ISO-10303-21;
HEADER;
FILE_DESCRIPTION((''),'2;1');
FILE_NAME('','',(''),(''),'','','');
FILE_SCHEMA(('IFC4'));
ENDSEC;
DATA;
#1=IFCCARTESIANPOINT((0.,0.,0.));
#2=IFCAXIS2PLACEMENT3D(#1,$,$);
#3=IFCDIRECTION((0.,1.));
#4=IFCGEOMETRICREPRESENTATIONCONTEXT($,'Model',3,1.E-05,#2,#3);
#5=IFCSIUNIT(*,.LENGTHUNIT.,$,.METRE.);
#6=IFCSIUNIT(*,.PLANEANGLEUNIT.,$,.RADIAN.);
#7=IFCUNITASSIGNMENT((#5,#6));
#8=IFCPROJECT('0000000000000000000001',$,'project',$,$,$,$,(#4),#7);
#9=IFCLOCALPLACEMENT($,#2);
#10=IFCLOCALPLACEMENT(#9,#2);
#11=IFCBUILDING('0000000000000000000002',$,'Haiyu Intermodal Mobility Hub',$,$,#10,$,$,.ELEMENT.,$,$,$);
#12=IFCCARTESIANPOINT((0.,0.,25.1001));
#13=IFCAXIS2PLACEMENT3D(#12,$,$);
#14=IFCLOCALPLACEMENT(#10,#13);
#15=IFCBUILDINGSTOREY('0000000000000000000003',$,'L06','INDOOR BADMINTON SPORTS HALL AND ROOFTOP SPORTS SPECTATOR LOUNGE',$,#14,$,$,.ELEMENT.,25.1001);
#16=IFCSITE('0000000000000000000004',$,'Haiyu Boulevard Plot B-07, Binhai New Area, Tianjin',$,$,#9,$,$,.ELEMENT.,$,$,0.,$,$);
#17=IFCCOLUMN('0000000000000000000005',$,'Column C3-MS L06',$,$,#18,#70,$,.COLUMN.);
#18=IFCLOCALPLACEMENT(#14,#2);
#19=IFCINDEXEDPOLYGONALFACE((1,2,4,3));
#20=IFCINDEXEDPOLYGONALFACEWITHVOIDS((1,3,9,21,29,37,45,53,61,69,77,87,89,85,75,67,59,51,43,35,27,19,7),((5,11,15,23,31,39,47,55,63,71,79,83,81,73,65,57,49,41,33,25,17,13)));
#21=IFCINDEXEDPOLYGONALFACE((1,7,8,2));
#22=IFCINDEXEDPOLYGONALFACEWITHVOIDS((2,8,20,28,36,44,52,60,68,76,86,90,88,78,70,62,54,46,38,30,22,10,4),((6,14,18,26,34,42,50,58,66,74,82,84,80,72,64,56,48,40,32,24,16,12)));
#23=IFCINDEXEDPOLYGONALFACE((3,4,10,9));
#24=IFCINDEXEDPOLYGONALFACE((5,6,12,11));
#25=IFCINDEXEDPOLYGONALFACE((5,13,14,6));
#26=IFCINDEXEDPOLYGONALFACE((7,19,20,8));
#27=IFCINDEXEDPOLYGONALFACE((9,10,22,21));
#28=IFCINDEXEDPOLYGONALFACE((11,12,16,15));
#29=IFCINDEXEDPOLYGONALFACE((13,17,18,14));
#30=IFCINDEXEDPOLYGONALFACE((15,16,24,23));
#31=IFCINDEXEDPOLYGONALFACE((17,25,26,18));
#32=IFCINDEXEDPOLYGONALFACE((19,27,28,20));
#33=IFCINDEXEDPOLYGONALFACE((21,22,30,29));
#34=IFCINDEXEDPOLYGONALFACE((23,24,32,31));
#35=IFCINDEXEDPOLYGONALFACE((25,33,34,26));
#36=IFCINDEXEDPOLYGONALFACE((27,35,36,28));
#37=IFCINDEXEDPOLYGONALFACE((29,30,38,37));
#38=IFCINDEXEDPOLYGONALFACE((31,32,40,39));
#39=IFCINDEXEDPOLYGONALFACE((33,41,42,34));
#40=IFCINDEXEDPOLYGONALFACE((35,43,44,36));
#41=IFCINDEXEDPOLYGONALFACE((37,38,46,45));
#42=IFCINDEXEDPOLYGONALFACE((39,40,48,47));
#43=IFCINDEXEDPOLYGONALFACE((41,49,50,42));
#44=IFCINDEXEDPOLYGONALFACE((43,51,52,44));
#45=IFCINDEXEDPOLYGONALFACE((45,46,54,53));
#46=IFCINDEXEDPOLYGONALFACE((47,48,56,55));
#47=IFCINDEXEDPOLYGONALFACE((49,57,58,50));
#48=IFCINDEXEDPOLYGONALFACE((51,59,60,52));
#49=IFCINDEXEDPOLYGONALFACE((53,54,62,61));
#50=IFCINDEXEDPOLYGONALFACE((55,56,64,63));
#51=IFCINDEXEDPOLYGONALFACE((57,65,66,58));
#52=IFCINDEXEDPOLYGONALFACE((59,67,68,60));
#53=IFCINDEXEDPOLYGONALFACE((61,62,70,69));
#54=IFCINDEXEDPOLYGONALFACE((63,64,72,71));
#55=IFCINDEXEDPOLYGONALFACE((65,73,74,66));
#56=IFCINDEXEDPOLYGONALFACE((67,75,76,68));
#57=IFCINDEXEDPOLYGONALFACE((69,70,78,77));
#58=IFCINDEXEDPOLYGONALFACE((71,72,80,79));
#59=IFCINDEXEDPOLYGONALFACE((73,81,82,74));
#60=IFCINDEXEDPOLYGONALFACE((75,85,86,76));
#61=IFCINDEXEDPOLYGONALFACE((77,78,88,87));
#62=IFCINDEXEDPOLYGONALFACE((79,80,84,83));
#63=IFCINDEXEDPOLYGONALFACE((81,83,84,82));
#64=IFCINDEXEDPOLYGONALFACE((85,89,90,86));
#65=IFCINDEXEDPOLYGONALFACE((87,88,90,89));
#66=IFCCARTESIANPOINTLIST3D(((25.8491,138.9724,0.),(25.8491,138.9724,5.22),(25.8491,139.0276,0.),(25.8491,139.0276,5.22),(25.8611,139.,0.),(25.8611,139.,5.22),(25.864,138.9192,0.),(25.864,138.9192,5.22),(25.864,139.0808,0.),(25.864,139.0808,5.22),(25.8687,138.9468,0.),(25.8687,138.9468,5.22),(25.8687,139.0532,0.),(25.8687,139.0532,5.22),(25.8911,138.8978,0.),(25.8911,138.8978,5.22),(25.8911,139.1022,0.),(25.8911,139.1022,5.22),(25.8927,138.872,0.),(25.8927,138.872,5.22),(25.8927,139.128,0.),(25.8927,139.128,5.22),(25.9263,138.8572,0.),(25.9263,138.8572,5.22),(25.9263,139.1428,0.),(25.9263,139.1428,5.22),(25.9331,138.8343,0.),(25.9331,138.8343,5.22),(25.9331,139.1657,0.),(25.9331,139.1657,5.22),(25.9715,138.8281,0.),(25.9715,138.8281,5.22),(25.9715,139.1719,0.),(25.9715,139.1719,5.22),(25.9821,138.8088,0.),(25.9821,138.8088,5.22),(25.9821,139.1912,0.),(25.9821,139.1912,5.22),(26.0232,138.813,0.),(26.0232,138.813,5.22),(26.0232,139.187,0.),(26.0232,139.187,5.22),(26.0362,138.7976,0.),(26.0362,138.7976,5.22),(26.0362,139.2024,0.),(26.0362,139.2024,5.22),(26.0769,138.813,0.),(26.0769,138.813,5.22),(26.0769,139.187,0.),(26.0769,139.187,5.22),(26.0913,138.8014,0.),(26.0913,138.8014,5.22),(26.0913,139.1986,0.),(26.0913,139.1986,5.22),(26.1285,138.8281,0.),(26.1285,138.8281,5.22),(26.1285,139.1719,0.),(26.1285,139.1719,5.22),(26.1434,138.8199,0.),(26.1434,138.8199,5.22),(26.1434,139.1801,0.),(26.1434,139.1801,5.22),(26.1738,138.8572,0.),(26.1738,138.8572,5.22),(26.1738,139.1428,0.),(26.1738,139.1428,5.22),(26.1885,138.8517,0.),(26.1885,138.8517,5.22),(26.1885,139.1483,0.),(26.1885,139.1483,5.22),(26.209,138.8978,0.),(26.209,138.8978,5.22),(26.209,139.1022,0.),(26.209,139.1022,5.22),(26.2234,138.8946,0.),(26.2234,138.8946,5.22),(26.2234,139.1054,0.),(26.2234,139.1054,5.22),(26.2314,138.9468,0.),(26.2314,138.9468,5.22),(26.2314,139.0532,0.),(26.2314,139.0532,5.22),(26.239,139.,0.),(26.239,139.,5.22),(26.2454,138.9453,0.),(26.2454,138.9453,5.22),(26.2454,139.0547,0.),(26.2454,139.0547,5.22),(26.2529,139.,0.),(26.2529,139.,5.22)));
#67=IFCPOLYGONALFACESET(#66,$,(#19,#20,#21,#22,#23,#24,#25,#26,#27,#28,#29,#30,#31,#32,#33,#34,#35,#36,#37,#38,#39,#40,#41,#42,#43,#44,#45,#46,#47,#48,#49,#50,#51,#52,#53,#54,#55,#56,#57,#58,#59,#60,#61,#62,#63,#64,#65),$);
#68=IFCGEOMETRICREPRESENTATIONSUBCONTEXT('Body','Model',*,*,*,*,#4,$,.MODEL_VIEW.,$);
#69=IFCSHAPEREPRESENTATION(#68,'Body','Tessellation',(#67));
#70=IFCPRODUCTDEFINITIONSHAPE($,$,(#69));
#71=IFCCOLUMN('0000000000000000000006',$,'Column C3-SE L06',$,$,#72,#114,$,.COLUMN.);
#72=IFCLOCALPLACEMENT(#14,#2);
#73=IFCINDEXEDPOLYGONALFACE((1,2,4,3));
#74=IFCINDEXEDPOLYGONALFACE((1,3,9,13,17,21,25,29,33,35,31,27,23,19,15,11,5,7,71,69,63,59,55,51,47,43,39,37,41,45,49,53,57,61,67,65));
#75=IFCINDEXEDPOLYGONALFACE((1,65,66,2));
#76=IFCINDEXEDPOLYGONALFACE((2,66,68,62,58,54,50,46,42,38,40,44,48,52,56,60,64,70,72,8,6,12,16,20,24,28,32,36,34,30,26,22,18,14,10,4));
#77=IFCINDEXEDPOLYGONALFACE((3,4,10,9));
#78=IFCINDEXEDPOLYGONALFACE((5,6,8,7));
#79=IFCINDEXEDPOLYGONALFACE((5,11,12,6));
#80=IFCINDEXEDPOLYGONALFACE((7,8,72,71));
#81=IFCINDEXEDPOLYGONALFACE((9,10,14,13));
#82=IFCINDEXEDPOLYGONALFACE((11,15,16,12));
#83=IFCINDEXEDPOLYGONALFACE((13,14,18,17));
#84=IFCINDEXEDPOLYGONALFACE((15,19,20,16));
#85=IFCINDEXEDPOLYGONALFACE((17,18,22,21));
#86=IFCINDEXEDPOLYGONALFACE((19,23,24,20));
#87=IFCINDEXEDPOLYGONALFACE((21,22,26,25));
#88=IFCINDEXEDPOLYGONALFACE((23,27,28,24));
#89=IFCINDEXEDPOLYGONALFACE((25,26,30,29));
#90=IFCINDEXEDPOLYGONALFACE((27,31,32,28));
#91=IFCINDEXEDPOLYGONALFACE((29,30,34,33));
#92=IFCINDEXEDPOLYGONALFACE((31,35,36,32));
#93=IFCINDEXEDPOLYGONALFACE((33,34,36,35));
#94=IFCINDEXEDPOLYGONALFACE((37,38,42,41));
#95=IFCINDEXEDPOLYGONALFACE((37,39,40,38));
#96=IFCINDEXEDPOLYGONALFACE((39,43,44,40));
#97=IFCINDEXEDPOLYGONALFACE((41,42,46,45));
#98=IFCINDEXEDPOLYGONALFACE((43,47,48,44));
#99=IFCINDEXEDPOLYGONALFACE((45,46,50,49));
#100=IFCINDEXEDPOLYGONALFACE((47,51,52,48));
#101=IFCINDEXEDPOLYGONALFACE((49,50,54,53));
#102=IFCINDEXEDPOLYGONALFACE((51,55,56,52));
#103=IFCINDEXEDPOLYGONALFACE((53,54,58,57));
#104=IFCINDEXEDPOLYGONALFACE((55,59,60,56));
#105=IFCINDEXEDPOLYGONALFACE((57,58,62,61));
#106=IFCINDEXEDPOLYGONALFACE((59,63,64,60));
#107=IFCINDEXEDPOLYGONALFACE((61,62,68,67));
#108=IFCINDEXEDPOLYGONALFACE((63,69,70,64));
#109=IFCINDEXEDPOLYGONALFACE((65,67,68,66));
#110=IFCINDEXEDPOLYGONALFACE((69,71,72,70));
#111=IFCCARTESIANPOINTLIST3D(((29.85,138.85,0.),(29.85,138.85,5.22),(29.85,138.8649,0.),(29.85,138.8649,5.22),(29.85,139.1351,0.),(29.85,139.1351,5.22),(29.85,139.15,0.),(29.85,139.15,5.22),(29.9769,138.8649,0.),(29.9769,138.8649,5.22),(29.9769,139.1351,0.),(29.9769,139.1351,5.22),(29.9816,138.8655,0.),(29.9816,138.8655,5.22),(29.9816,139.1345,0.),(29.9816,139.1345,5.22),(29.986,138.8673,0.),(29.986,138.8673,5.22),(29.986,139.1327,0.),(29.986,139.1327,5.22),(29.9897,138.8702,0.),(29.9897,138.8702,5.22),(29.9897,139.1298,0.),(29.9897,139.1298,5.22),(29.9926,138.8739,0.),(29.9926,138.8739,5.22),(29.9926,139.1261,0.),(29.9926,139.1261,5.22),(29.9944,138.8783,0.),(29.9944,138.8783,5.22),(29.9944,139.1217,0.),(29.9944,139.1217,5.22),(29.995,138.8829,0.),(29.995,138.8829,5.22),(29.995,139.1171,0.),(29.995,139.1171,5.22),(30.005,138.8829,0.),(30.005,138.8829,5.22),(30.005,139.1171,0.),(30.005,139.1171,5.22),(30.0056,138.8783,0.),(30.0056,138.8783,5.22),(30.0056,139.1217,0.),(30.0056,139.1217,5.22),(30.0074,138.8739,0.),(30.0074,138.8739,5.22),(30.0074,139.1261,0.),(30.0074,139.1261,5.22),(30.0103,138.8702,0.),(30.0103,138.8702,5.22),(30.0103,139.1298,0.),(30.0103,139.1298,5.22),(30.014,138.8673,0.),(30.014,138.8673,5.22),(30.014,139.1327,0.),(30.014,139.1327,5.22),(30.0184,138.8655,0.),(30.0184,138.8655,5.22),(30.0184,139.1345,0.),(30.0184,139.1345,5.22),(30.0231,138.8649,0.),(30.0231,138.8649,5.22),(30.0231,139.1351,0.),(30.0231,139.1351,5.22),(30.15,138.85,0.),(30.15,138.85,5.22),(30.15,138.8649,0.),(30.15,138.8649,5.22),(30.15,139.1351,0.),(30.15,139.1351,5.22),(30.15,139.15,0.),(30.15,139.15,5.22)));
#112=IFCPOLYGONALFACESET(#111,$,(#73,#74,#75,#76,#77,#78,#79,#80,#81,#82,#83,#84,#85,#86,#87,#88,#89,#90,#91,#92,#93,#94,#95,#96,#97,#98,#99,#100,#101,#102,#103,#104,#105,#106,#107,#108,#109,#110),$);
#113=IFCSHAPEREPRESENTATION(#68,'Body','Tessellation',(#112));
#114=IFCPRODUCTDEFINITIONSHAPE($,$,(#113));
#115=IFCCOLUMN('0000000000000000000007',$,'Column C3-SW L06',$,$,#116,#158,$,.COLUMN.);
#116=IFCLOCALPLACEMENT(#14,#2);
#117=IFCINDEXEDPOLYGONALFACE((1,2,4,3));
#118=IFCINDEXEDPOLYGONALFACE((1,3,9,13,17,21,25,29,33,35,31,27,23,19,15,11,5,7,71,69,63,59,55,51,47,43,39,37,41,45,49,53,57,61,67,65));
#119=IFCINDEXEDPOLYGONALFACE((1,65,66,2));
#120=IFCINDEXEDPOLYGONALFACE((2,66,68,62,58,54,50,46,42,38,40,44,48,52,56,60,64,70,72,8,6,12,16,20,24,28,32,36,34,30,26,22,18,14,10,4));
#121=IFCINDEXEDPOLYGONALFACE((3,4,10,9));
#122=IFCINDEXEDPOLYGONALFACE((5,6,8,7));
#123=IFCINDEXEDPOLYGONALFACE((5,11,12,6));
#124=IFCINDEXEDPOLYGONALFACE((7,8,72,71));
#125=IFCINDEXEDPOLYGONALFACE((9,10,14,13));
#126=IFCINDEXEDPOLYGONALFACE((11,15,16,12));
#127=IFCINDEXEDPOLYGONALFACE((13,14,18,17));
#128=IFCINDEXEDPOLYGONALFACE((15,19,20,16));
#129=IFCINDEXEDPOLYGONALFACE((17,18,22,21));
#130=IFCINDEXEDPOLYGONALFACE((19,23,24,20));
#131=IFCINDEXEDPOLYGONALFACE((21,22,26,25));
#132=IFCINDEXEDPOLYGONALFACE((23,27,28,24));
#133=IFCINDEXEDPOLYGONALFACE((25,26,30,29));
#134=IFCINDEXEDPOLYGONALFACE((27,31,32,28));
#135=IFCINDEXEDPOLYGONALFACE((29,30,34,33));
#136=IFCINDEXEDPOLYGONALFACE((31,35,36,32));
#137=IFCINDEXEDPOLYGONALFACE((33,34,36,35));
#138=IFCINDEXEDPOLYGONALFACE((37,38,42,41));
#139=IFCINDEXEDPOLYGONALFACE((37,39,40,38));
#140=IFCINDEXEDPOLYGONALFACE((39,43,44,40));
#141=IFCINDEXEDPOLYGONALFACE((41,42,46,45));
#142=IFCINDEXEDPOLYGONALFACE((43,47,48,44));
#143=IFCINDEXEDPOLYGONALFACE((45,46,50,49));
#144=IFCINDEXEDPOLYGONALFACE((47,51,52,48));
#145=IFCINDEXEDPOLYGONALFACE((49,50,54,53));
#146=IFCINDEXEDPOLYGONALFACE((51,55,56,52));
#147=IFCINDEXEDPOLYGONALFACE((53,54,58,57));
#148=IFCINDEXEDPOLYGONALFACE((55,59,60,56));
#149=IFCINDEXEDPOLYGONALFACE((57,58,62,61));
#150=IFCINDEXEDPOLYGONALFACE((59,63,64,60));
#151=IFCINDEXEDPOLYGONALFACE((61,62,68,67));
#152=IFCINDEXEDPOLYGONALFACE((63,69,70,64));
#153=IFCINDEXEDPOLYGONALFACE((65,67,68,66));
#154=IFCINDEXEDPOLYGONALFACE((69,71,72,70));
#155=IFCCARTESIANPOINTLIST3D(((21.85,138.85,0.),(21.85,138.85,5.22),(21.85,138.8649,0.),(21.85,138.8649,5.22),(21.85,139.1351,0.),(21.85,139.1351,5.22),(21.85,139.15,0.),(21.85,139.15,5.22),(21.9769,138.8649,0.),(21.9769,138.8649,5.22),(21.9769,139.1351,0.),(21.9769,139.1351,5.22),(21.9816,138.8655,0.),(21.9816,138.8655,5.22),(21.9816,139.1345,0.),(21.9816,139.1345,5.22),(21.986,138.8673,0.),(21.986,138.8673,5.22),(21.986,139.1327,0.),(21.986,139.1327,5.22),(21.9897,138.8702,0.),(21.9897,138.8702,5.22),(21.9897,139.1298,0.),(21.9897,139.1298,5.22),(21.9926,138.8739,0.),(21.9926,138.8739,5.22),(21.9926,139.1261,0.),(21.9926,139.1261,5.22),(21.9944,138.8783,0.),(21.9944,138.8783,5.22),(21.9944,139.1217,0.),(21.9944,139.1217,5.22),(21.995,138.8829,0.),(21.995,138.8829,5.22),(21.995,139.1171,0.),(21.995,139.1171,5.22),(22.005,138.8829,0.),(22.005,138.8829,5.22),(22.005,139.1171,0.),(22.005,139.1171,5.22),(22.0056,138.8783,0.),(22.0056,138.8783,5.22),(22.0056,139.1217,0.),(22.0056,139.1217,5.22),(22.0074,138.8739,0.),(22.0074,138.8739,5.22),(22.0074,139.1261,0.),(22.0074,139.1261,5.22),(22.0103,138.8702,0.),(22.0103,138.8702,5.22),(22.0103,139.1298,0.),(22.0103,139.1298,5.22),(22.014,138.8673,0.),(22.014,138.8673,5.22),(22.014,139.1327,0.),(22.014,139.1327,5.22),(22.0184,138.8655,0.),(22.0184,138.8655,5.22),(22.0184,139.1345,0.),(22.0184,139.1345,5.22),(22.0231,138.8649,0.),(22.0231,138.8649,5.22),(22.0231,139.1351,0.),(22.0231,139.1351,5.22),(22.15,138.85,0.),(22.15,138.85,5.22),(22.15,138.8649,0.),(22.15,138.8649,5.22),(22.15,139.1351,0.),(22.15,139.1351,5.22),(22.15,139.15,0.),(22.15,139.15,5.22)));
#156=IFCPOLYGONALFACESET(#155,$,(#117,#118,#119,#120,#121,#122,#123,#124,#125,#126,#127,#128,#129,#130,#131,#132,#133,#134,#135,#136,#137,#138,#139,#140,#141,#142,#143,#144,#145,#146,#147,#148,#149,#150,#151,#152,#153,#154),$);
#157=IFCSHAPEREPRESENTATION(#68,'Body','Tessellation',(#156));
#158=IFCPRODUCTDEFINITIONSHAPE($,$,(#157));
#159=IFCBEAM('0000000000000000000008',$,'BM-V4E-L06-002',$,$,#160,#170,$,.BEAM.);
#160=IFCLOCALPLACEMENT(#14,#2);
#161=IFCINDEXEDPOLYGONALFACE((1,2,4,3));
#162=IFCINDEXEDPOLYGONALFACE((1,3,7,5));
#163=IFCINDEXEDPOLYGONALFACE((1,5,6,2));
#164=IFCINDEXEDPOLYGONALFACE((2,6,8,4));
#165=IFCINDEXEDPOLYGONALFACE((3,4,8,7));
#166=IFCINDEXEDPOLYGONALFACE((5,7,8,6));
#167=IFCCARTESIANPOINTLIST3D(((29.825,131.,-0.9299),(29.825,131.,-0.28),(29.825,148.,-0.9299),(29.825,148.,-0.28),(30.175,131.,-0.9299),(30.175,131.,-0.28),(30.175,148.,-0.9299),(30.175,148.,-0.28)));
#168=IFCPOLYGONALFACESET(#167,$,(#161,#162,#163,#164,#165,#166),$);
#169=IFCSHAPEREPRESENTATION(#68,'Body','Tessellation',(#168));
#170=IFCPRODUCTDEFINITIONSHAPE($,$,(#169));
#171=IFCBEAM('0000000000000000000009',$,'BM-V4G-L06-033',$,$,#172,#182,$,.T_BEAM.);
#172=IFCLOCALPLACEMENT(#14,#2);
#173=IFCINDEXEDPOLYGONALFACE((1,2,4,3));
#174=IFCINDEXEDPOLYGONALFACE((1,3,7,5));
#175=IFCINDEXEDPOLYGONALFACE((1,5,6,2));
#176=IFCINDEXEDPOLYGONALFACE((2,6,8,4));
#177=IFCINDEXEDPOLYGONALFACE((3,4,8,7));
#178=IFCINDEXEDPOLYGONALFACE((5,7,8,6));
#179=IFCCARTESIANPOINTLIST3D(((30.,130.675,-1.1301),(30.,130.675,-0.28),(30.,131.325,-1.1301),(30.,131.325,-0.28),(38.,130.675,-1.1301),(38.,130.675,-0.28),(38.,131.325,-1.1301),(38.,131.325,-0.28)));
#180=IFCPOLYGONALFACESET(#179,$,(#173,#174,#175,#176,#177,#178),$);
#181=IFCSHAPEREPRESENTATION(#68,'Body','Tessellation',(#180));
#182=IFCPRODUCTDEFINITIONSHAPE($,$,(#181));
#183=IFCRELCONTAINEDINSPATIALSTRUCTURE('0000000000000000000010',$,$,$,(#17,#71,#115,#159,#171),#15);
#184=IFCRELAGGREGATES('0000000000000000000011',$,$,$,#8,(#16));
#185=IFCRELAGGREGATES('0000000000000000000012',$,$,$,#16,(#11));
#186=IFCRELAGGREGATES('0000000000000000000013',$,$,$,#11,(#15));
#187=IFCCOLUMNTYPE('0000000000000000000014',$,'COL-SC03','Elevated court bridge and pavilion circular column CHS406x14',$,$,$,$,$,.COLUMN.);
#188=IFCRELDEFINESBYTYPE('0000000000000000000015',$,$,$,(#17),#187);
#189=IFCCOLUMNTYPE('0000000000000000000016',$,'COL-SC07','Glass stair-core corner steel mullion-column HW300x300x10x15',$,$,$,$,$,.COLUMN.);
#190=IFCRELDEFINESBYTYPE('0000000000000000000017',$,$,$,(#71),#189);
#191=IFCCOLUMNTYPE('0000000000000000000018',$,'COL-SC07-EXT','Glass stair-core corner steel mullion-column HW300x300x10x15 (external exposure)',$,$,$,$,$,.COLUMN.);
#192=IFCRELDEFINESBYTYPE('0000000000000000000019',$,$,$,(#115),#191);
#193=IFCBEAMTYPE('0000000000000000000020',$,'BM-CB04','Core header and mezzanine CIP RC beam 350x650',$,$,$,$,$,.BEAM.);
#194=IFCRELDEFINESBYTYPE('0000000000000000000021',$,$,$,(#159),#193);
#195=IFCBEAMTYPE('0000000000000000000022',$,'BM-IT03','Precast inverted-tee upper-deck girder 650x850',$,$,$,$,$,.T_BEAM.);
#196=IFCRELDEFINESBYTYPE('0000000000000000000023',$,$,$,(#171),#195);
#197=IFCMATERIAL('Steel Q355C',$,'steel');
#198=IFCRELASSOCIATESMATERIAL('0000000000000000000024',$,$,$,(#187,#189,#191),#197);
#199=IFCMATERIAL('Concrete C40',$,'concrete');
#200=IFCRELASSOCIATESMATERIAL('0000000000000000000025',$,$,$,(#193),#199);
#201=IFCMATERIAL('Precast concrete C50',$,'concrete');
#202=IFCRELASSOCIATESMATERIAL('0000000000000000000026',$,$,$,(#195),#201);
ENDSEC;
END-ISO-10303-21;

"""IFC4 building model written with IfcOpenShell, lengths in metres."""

from ifc_helpers import new_model, si_unit, direction, frame, origin, origin_2d, place, context, subcontext, project, spatial, rectangle, hollow_circle, i_section, extrude, material, material_profile, profile_set, type_object, element, save


model = new_model("IFC4")

# Units and contexts
model_context = context("Model", 3, precision=1e-05, world=origin(), true_north=direction((0.0, 1.0)))
body_context = subcontext(model_context, "Body", "Model", "MODEL_VIEW")
ifc_project = project(units=[si_unit("LENGTHUNIT", "METRE"), si_unit("PLANEANGLEUNIT", "RADIAN")], contexts=[model_context])

# Site, building, storey
site_placement = place(None, origin())
site = spatial("IfcSite", under=ifc_project, at=site_placement, Name="Haiyu Boulevard Plot B-07, Binhai New Area, Tianjin", CompositionType="ELEMENT", RefElevation=0.0)
building_placement = place(site_placement, origin())
building = spatial("IfcBuilding", under=site, at=building_placement, Name="Haiyu Intermodal Mobility Hub", CompositionType="ELEMENT")
storey_placement = place(building_placement, frame((0.0, 0.0, 25.1001)))
storey = spatial("IfcBuildingStorey", under=building, at=storey_placement, Name="L06", Description="INDOOR BADMINTON SPORTS HALL AND ROOFTOP SPORTS SPECTATOR LOUNGE", CompositionType="ELEMENT", Elevation=25.1001)

# Columns
ifc_material_1 = material(Name="Steel Q355C", Category="steel")
ifc_material_profile_1 = material_profile(ifc_material_1, hollow_circle(Radius=0.2029, WallThickness=0.0139, at=origin_2d()), Name="CHS406x14")
ifc_profile_set_1 = profile_set([ifc_material_profile_1], Name="Steel Q355C")
column_type_1 = type_object("IfcColumnType", Name="COL-SC03", Description="Elevated court bridge and pavilion circular column CHS406x14", PredefinedType="COLUMN", material=ifc_profile_set_1)
column_1_placement = place(storey_placement, frame((26.05, 139.0, 0.0), z_axis=(0.0, 0.0, 1.0), x_axis=(1.0, 0.0, 0.0)))
element("IfcColumn", 1, at=column_1_placement, inside=storey, type_object=column_type_1, Name="Column C3-MS L06", PredefinedType="COLUMN", context=body_context, shape_type="SweptSolid", body=[
    extrude(hollow_circle(Radius=0.2029, WallThickness=0.0139, at=origin_2d()), origin(), (0.0, 0.0, 1.0), 5.22),
])
ifc_material_profile_2 = material_profile(ifc_material_1, i_section(OverallWidth=0.3, OverallDepth=0.3, WebThickness=0.01, FlangeThickness=0.0149, FilletRadius=0.0181, at=origin_2d()), Name="HW300x300x10x15")
ifc_profile_set_2 = profile_set([ifc_material_profile_2], Name="Steel Q355C")
column_type_2 = type_object("IfcColumnType", Name="COL-SC07", Description="Glass stair-core corner steel mullion-column HW300x300x10x15", PredefinedType="COLUMN", material=ifc_profile_set_2)
column_2_placement = place(storey_placement, frame((30.0, 139.0, 0.0), z_axis=(0.0, 0.0, 1.0), x_axis=(1.0, 0.0, 0.0)))
element("IfcColumn", 2, at=column_2_placement, inside=storey, type_object=column_type_2, Name="Column C3-SE L06", PredefinedType="COLUMN", context=body_context, shape_type="SweptSolid", body=[
    extrude(i_section(OverallWidth=0.3, OverallDepth=0.3, WebThickness=0.01, FlangeThickness=0.0149, FilletRadius=0.0181, at=origin_2d()), origin(), (0.0, 0.0, 1.0), 5.22),
])
ifc_material_profile_3 = material_profile(ifc_material_1, i_section(OverallWidth=0.3, OverallDepth=0.3, WebThickness=0.01, FlangeThickness=0.0149, FilletRadius=0.0181, at=origin_2d()), Name="HW300x300x10x15")
ifc_profile_set_3 = profile_set([ifc_material_profile_3], Name="Steel Q355C")
column_type_3 = type_object("IfcColumnType", Name="COL-SC07-EXT", Description="Glass stair-core corner steel mullion-column HW300x300x10x15 (external exposure)", PredefinedType="COLUMN", material=ifc_profile_set_3)
column_3_placement = place(storey_placement, frame((22.0, 139.0, 0.0), z_axis=(0.0, 0.0, 1.0), x_axis=(1.0, 0.0, 0.0)))
element("IfcColumn", 3, at=column_3_placement, inside=storey, type_object=column_type_3, Name="Column C3-SW L06", PredefinedType="COLUMN", context=body_context, shape_type="SweptSolid", body=[
    extrude(i_section(OverallWidth=0.3, OverallDepth=0.3, WebThickness=0.01, FlangeThickness=0.0149, FilletRadius=0.0181, at=origin_2d()), origin(), (0.0, 0.0, 1.0), 5.22),
])

# Beams
ifc_material_2 = material(Name="Concrete C40", Category="concrete")
ifc_material_profile_4 = material_profile(ifc_material_2, rectangle(XDim=0.3501, YDim=0.6499, at=origin_2d()), Name="RCB350x650")
ifc_profile_set_4 = profile_set([ifc_material_profile_4], Name="Concrete C40")
beam_type_1 = type_object("IfcBeamType", Name="BM-CB04", Description="Core header and mezzanine CIP RC beam 350x650", PredefinedType="BEAM", material=ifc_profile_set_4)
beam_1_placement = place(storey_placement, frame((30.0, 131.0, -0.605), z_axis=(0.0, 1.0, 0.0), x_axis=(-1.0, 0.0, 0.0)))
element("IfcBeam", 4, at=beam_1_placement, inside=storey, type_object=beam_type_1, Name="BM-V4E-L06-002", PredefinedType="BEAM", context=body_context, shape_type="SweptSolid", body=[
    extrude(rectangle(XDim=0.3501, YDim=0.6499, at=origin_2d()), origin(), (0.0, 0.0, 1.0), 17.0),
])
ifc_material_3 = material(Name="Precast concrete C50", Category="concrete")
ifc_material_profile_5 = material_profile(ifc_material_3, rectangle(XDim=0.6499, YDim=0.8501, at=origin_2d()), Name="PC650x850")
ifc_profile_set_5 = profile_set([ifc_material_profile_5], Name="Precast concrete C50")
beam_type_2 = type_object("IfcBeamType", Name="BM-IT03", Description="Precast inverted-tee upper-deck girder 650x850", PredefinedType="T_BEAM", material=ifc_profile_set_5)
beam_2_placement = place(storey_placement, frame((30.0, 131.0, -0.7051), z_axis=(1.0, 0.0, 0.0), x_axis=(0.0, 1.0, 0.0)))
element("IfcBeam", 5, at=beam_2_placement, inside=storey, type_object=beam_type_2, Name="BM-V4G-L06-033", PredefinedType="T_BEAM", context=body_context, shape_type="SweptSolid", body=[
    extrude(rectangle(XDim=0.6499, YDim=0.8501, at=origin_2d()), origin(), (0.0, 0.0, 1.0), 8.0),
])

save(model, "model.ifc")
